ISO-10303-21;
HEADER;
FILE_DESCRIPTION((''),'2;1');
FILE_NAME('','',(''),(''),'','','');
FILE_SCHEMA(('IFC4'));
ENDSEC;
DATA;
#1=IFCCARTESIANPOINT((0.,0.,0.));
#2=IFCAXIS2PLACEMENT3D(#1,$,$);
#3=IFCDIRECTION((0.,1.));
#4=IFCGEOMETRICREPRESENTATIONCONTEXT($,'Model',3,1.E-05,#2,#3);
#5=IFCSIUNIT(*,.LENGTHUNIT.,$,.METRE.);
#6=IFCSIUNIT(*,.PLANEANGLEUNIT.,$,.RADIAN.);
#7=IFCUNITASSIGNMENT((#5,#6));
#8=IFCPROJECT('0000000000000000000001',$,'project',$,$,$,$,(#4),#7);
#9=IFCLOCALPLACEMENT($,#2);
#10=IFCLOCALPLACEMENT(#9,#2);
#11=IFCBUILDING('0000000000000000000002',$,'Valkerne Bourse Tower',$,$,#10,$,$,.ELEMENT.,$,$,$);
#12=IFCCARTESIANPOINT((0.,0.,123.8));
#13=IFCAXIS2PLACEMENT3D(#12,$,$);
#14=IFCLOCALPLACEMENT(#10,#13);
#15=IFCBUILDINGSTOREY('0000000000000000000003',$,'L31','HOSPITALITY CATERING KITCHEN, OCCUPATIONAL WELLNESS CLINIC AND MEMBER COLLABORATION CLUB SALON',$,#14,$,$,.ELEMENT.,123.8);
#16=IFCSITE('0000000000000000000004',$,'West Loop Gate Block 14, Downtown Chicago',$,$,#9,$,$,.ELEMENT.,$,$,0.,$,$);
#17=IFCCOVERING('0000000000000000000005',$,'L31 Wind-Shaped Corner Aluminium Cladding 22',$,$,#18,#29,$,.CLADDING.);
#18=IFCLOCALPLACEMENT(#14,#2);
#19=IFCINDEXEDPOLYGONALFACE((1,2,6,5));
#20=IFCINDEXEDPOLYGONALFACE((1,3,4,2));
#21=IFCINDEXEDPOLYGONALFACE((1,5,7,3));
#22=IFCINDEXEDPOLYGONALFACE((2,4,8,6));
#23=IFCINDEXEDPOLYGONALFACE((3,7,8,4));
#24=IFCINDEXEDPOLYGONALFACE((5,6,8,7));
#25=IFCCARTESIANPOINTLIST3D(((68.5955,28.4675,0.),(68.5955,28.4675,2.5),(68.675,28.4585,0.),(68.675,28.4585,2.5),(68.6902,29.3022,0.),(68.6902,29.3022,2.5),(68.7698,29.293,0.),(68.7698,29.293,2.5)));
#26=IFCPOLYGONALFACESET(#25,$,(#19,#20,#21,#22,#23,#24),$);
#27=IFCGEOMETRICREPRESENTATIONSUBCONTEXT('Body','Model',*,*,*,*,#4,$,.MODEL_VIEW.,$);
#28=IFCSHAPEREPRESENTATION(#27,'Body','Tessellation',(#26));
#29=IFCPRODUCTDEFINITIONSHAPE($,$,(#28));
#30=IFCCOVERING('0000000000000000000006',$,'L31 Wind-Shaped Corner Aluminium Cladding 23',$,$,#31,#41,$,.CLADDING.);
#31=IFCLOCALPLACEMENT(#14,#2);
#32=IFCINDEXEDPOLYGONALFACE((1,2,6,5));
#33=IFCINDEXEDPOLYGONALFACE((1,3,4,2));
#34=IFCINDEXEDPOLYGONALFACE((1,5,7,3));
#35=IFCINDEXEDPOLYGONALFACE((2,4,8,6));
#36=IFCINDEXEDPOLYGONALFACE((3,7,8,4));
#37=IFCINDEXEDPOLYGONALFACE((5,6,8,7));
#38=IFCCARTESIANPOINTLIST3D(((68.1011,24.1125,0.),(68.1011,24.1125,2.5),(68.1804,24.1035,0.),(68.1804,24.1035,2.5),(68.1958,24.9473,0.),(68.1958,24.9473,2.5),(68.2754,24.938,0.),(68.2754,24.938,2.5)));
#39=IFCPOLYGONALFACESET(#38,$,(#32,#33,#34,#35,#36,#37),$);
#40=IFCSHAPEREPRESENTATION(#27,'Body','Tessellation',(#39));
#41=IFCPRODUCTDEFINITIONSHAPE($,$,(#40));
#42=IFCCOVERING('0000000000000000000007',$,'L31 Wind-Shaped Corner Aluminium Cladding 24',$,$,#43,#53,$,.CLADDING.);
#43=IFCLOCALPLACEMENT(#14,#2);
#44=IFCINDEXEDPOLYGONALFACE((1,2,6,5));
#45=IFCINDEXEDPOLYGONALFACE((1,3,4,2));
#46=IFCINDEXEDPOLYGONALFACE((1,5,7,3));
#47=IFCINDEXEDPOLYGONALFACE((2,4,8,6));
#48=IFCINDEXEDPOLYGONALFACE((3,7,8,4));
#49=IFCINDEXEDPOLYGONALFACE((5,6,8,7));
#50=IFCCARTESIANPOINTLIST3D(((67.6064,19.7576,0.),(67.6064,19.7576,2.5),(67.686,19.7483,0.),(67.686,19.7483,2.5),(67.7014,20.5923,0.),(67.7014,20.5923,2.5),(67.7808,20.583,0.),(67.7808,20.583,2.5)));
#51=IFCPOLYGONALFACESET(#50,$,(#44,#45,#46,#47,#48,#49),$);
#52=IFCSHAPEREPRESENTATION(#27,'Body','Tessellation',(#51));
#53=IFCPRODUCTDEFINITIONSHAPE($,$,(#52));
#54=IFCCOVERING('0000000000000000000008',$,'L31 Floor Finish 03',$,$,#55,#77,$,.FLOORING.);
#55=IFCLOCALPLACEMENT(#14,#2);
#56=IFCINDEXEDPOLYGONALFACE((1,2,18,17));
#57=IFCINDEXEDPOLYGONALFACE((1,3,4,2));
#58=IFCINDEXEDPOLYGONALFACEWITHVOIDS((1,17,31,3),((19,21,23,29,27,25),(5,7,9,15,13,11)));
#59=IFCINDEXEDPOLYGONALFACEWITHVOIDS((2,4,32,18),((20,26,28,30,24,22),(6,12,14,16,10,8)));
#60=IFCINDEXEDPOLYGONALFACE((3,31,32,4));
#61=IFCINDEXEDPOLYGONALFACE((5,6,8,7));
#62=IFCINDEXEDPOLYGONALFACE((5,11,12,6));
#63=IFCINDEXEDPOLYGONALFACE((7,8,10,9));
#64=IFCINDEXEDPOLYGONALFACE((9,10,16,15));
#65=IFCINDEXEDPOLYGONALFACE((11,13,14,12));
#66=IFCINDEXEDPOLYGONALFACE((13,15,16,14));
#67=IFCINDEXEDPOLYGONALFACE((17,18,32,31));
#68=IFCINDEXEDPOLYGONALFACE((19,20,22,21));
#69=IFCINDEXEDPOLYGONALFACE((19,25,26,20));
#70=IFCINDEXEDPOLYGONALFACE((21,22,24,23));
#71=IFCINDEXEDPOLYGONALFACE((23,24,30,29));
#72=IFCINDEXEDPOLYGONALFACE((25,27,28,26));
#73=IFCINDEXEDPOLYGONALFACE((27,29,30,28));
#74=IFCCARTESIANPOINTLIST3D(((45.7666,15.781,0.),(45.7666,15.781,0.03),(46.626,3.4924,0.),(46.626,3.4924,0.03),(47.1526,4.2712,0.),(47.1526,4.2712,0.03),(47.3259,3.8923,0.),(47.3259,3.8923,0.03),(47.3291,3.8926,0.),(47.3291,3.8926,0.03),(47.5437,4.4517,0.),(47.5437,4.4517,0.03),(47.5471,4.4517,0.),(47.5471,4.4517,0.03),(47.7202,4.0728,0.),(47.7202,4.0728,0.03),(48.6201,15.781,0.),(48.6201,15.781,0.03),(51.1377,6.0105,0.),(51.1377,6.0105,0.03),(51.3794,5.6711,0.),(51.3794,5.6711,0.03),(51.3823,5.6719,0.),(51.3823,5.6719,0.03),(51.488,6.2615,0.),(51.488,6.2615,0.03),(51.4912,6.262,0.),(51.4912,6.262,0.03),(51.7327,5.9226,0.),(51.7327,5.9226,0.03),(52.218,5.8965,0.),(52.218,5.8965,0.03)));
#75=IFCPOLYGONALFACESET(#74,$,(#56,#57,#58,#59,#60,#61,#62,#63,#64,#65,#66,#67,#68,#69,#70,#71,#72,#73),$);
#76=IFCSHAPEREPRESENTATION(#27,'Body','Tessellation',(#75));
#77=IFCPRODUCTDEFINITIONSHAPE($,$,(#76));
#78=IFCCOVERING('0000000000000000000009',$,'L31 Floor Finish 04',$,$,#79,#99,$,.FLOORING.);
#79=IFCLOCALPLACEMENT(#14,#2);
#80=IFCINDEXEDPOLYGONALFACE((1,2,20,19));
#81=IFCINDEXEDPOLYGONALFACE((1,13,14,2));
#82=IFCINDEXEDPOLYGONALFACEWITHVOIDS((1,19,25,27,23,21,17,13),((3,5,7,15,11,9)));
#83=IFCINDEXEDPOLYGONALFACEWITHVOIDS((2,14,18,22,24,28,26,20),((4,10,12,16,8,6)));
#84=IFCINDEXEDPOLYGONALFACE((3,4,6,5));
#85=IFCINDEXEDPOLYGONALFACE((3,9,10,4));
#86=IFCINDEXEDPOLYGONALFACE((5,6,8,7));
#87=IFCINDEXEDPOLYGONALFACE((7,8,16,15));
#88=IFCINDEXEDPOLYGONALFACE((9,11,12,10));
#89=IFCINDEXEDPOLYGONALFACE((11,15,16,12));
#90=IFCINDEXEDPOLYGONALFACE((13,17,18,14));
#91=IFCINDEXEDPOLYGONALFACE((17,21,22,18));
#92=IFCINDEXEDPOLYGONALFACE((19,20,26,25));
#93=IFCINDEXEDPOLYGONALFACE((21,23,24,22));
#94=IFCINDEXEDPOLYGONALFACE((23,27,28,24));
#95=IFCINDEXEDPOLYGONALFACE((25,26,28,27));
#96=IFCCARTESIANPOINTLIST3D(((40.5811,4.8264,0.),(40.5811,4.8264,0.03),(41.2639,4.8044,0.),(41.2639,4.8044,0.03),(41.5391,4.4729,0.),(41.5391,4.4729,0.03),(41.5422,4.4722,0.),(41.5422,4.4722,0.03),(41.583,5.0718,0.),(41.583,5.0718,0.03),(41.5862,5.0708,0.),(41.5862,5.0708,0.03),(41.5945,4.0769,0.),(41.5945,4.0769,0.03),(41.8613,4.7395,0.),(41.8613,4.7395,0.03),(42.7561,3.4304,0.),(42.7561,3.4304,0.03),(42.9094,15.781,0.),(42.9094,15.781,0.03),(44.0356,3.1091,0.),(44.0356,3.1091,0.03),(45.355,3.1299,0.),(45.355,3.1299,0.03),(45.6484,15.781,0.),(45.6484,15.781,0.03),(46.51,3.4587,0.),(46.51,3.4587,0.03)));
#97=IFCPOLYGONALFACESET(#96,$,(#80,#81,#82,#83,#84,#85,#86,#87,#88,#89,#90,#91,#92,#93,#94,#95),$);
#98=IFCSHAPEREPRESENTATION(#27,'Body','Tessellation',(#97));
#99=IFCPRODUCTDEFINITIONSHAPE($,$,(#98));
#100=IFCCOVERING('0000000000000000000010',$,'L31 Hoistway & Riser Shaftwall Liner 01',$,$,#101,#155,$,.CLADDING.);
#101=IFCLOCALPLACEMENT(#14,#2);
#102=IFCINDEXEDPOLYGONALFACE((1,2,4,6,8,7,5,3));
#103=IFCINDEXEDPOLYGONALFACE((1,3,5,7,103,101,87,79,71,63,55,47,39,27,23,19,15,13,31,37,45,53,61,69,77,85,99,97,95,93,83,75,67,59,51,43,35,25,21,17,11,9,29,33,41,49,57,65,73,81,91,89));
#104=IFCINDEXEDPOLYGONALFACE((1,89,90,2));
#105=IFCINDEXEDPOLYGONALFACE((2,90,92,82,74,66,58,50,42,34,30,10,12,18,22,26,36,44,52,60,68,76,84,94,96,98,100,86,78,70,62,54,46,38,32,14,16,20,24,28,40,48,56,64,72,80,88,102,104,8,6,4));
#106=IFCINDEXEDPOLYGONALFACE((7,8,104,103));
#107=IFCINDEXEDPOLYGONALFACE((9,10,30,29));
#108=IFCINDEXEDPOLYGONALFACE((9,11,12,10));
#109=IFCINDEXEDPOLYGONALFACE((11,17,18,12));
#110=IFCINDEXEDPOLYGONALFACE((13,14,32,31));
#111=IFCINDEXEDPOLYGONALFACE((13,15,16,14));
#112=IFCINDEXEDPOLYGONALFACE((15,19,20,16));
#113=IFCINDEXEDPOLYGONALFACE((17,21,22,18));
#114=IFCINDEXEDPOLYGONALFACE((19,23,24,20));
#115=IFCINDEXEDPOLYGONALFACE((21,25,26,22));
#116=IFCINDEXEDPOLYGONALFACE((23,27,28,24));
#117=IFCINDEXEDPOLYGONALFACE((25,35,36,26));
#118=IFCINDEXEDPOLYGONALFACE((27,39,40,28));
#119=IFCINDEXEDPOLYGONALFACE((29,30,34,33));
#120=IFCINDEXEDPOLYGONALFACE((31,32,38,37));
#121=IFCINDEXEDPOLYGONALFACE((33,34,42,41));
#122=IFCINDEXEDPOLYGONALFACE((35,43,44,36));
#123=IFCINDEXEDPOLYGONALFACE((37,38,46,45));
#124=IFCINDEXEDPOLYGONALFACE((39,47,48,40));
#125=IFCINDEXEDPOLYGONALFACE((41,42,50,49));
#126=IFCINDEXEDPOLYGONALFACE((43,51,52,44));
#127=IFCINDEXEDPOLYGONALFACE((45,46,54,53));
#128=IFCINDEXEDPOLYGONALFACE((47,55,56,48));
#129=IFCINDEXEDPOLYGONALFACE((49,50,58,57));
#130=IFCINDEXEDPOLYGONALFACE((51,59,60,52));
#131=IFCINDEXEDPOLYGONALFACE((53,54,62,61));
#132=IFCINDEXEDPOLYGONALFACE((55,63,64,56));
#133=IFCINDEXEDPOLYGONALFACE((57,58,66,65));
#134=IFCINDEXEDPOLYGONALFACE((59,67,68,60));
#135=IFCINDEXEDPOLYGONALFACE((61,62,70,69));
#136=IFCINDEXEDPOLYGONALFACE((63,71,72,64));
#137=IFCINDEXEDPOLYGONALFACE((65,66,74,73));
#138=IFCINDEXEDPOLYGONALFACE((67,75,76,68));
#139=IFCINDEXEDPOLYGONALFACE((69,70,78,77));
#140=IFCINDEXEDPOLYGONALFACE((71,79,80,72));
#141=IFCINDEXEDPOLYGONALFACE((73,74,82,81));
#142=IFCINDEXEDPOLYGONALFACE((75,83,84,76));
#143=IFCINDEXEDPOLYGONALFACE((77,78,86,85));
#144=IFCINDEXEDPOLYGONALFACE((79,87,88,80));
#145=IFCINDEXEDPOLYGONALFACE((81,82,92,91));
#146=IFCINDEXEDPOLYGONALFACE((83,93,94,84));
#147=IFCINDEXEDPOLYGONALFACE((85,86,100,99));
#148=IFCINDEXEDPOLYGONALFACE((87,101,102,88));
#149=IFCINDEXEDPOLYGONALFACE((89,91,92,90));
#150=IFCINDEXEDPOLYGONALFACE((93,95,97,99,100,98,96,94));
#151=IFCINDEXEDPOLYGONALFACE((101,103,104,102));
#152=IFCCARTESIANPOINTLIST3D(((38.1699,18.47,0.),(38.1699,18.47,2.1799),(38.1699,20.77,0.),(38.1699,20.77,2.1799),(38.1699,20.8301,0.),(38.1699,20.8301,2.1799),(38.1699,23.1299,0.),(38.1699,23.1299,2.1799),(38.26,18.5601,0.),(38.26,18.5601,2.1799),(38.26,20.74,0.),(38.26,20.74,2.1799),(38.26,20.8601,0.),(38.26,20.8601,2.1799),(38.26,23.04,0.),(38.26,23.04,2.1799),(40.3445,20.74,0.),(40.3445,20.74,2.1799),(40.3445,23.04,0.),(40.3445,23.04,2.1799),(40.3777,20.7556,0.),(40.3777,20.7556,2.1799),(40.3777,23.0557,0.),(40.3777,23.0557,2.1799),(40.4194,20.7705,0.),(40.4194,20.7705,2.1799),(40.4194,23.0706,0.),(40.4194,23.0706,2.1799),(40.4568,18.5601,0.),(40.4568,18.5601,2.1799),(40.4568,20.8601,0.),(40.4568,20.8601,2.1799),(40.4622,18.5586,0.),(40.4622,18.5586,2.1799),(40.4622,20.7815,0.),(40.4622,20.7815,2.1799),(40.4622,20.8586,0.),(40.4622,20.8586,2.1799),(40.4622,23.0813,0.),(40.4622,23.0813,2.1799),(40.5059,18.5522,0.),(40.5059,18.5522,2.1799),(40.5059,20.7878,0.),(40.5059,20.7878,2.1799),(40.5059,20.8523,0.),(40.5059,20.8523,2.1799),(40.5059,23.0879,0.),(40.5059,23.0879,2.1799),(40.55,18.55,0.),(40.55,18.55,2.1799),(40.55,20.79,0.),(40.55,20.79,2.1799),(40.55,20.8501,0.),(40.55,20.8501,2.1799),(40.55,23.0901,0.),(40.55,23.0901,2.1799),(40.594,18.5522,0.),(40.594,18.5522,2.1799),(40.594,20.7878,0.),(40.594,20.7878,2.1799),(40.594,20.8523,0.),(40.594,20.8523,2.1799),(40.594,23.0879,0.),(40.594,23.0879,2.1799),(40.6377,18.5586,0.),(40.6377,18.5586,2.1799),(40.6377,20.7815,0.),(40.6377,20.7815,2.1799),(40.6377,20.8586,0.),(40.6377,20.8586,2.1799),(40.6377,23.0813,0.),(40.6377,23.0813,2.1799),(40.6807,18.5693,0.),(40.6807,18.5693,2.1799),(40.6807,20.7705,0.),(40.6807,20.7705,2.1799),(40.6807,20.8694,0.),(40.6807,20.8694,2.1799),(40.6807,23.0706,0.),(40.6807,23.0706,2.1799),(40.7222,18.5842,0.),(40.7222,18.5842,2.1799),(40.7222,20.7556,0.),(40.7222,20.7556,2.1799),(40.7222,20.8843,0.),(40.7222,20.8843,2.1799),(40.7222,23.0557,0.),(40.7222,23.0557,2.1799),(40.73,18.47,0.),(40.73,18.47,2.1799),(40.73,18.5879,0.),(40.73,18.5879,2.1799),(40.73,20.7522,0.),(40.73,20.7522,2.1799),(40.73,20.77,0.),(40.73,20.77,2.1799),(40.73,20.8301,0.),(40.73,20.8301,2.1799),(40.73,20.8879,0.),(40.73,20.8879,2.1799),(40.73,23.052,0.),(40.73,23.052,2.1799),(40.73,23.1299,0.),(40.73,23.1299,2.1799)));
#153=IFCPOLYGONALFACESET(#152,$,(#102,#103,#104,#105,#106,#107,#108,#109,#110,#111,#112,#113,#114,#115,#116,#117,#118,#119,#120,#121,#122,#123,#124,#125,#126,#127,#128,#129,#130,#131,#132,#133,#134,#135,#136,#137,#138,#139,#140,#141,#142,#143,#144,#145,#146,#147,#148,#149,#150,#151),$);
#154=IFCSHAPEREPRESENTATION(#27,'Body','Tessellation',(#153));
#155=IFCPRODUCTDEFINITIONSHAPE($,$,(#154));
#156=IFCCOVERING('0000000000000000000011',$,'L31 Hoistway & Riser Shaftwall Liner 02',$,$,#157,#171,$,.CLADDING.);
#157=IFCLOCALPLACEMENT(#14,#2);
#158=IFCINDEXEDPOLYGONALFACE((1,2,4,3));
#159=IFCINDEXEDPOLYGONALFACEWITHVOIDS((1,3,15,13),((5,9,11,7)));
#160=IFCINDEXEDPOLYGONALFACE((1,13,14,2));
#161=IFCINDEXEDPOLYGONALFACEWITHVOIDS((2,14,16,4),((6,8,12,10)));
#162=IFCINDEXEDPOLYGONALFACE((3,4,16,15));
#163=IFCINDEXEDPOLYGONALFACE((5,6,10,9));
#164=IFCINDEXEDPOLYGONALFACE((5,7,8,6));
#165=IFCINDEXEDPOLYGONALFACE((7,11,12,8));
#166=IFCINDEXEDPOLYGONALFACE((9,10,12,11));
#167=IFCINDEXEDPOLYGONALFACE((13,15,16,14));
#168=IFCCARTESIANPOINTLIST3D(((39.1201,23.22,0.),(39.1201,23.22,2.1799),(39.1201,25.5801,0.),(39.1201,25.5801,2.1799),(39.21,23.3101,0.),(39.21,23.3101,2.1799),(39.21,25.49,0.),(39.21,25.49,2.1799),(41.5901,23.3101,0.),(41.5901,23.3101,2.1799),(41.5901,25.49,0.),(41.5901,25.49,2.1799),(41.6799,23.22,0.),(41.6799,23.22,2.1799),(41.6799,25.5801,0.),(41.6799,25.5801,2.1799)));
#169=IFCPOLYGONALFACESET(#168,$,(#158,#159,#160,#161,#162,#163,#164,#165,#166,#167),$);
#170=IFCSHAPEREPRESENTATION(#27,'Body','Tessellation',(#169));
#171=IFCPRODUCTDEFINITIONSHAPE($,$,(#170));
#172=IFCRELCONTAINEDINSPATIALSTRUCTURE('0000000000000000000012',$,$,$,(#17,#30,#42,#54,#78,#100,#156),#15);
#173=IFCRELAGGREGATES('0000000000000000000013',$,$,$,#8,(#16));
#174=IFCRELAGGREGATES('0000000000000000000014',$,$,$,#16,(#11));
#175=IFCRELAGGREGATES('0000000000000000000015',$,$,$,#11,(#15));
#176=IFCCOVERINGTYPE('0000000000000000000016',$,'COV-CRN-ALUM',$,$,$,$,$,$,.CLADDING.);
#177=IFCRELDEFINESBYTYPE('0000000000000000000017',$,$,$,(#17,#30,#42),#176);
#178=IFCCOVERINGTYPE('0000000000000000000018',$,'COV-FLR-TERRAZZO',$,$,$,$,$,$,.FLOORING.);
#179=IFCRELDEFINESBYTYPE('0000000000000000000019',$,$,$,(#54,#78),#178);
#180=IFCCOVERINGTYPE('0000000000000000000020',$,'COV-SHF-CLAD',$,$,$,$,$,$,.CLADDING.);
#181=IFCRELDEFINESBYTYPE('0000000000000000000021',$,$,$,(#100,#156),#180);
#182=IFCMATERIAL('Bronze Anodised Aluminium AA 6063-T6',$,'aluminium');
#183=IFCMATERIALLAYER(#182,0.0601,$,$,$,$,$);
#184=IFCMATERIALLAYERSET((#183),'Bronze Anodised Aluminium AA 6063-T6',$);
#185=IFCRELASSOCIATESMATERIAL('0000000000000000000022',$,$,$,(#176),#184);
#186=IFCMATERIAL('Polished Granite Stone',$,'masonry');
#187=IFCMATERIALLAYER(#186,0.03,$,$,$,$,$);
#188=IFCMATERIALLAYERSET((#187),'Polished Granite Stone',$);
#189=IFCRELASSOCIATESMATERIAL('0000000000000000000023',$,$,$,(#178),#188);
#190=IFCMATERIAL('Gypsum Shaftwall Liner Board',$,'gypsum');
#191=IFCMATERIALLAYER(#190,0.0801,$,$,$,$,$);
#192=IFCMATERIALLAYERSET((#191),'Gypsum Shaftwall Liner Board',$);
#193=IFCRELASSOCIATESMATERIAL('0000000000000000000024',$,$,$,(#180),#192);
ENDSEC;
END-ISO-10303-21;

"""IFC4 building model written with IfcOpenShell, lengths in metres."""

from ifc_helpers import new_model, si_unit, direction, frame, origin, place, context, subcontext, project, spatial, polyline, outline, extrude, material, layer, layer_set, type_object, element, save


model = new_model("IFC4")

# Units and contexts
model_context = context("Model", 3, precision=1e-05, world=origin(), true_north=direction((0.0, 1.0)))
body_context = subcontext(model_context, "Body", "Model", "MODEL_VIEW")
ifc_project = project(units=[si_unit("LENGTHUNIT", "METRE"), si_unit("PLANEANGLEUNIT", "RADIAN")], contexts=[model_context])

# Site, building, storey
site_placement = place(None, origin())
site = spatial("IfcSite", under=ifc_project, at=site_placement, Name="West Loop Gate Block 14, Downtown Chicago", CompositionType="ELEMENT", RefElevation=0.0)
building_placement = place(site_placement, origin())
building = spatial("IfcBuilding", under=site, at=building_placement, Name="Valkerne Bourse Tower", CompositionType="ELEMENT")
storey_placement = place(building_placement, frame((0.0, 0.0, 123.8)))
storey = spatial("IfcBuildingStorey", under=building, at=storey_placement, Name="L31", Description="HOSPITALITY CATERING KITCHEN, OCCUPATIONAL WELLNESS CLINIC AND MEMBER COLLABORATION CLUB SALON", CompositionType="ELEMENT", Elevation=123.8)

# Coverings
ifc_material_1 = material(Name="Bronze Anodised Aluminium AA 6063-T6", Category="aluminium")
ifc_layer_1 = layer(ifc_material_1, 0.0601)
ifc_layer_set_1 = layer_set([ifc_layer_1], Name="Bronze Anodised Aluminium AA 6063-T6")
covering_type_1 = type_object("IfcCoveringType", Name="COV-CRN-ALUM", PredefinedType="CLADDING", material=ifc_layer_set_1)
covering_1_placement = place(storey_placement, origin())
element("IfcCovering", 1, at=covering_1_placement, inside=storey, type_object=covering_type_1, Name="L31 Wind-Shaped Corner Aluminium Cladding 22", PredefinedType="CLADDING", context=body_context, shape_type="SweptSolid", body=[
    extrude(outline(polyline([(68.675, 28.4585), (68.5955, 28.4675), (68.6902, 29.3022), (68.7698, 29.293), (68.675, 28.4585)])), origin(), (0.0, 0.0, 1.0), 2.5),
])
covering_2_placement = place(storey_placement, origin())
element("IfcCovering", 2, at=covering_2_placement, inside=storey, type_object=covering_type_1, Name="L31 Wind-Shaped Corner Aluminium Cladding 23", PredefinedType="CLADDING", context=body_context, shape_type="SweptSolid", body=[
    extrude(outline(polyline([(68.1804, 24.1035), (68.1011, 24.1125), (68.1958, 24.9473), (68.2754, 24.938), (68.1804, 24.1035)])), origin(), (0.0, 0.0, 1.0), 2.5),
])
covering_3_placement = place(storey_placement, origin())
element("IfcCovering", 3, at=covering_3_placement, inside=storey, type_object=covering_type_1, Name="L31 Wind-Shaped Corner Aluminium Cladding 24", PredefinedType="CLADDING", context=body_context, shape_type="SweptSolid", body=[
    extrude(outline(polyline([(67.686, 19.7483), (67.6064, 19.7576), (67.7014, 20.5923), (67.7808, 20.583), (67.686, 19.7483)])), origin(), (0.0, 0.0, 1.0), 2.5),
])
ifc_material_2 = material(Name="Polished Granite Stone", Category="masonry")
ifc_layer_2 = layer(ifc_material_2, 0.03)
ifc_layer_set_2 = layer_set([ifc_layer_2], Name="Polished Granite Stone")
covering_type_2 = type_object("IfcCoveringType", Name="COV-FLR-TERRAZZO", PredefinedType="FLOORING", material=ifc_layer_set_2)
covering_4_placement = place(storey_placement, origin())
element("IfcCovering", 4, at=covering_4_placement, inside=storey, type_object=covering_type_2, Name="L31 Floor Finish 03", PredefinedType="FLOORING", context=body_context, shape_type="SweptSolid", body=[
    extrude(outline(polyline([(45.7666, 15.781), (48.6201, 15.781), (52.218, 5.8965), (46.626, 3.4924), (45.7666, 15.781)]), holes=[polyline([(47.3291, 3.8926), (47.7202, 4.0728), (47.5471, 4.4517), (47.5437, 4.4517), (47.1526, 4.2712), (47.3259, 3.8923), (47.3291, 3.8926)]), polyline([(51.7327, 5.9226), (51.4912, 6.262), (51.488, 6.2615), (51.1377, 6.0105), (51.3794, 5.6711), (51.3823, 5.6719), (51.7327, 5.9226)])]), origin(), (0.0, 0.0, 1.0), 0.03),
])
covering_5_placement = place(storey_placement, origin())
element("IfcCovering", 5, at=covering_5_placement, inside=storey, type_object=covering_type_2, Name="L31 Floor Finish 04", PredefinedType="FLOORING", context=body_context, shape_type="SweptSolid", body=[
    extrude(outline(polyline([(42.7561, 3.4304), (41.5945, 4.0769), (40.5811, 4.8264), (42.9094, 15.781), (45.6484, 15.781), (46.51, 3.4587), (45.355, 3.1299), (44.0356, 3.1091), (42.7561, 3.4304)]), holes=[polyline([(41.5862, 5.0708), (41.583, 5.0718), (41.2639, 4.8044), (41.5391, 4.4729), (41.5422, 4.4722), (41.8613, 4.7395), (41.5862, 5.0708)])]), origin(), (0.0, 0.0, 1.0), 0.03),
])
ifc_material_3 = material(Name="Gypsum Shaftwall Liner Board", Category="gypsum")
ifc_layer_3 = layer(ifc_material_3, 0.0801)
ifc_layer_set_3 = layer_set([ifc_layer_3], Name="Gypsum Shaftwall Liner Board")
covering_type_3 = type_object("IfcCoveringType", Name="COV-SHF-CLAD", PredefinedType="CLADDING", material=ifc_layer_set_3)
covering_6_placement = place(storey_placement, origin())
element("IfcCovering", 6, at=covering_6_placement, inside=storey, type_object=covering_type_3, Name="L31 Hoistway & Riser Shaftwall Liner 01", PredefinedType="CLADDING", context=body_context, shape_type="SweptSolid", body=[
    extrude(outline(polyline([(38.1699, 23.1299), (40.73, 23.1299), (40.73, 23.052), (40.7222, 23.0557), (40.6807, 23.0706), (40.6377, 23.0813), (40.594, 23.0879), (40.55, 23.0901), (40.5059, 23.0879), (40.4622, 23.0813), (40.4194, 23.0706), (40.3777, 23.0557), (40.3445, 23.04), (38.26, 23.04), (38.26, 20.8601), (40.4568, 20.8601), (40.4622, 20.8586), (40.5059, 20.8523), (40.55, 20.8501), (40.594, 20.8523), (40.6377, 20.8586), (40.6807, 20.8694), (40.7222, 20.8843), (40.73, 20.8879), (40.73, 20.8301), (40.73, 20.77), (40.73, 20.7522), (40.7222, 20.7556), (40.6807, 20.7705), (40.6377, 20.7815), (40.594, 20.7878), (40.55, 20.79), (40.5059, 20.7878), (40.4622, 20.7815), (40.4194, 20.7705), (40.3777, 20.7556), (40.3445, 20.74), (38.26, 20.74), (38.26, 18.5601), (40.4568, 18.5601), (40.4622, 18.5586), (40.5059, 18.5522), (40.55, 18.55), (40.594, 18.5522), (40.6377, 18.5586), (40.6807, 18.5693), (40.7222, 18.5842), (40.73, 18.5879), (40.73, 18.47), (38.1699, 18.47), (38.1699, 20.77), (38.1699, 20.8301), (38.1699, 23.1299)])), origin(), (0.0, 0.0, 1.0), 2.1799),
])
covering_7_placement = place(storey_placement, origin())
element("IfcCovering", 7, at=covering_7_placement, inside=storey, type_object=covering_type_3, Name="L31 Hoistway & Riser Shaftwall Liner 02", PredefinedType="CLADDING", context=body_context, shape_type="SweptSolid", body=[
    extrude(outline(polyline([(41.6799, 23.22), (39.1201, 23.22), (39.1201, 25.5801), (41.6799, 25.5801), (41.6799, 23.22)]), holes=[polyline([(39.21, 25.49), (39.21, 23.3101), (41.5901, 23.3101), (41.5901, 25.49), (39.21, 25.49)])]), origin(), (0.0, 0.0, 1.0), 2.1799),
])

save(model, "model.ifc")
